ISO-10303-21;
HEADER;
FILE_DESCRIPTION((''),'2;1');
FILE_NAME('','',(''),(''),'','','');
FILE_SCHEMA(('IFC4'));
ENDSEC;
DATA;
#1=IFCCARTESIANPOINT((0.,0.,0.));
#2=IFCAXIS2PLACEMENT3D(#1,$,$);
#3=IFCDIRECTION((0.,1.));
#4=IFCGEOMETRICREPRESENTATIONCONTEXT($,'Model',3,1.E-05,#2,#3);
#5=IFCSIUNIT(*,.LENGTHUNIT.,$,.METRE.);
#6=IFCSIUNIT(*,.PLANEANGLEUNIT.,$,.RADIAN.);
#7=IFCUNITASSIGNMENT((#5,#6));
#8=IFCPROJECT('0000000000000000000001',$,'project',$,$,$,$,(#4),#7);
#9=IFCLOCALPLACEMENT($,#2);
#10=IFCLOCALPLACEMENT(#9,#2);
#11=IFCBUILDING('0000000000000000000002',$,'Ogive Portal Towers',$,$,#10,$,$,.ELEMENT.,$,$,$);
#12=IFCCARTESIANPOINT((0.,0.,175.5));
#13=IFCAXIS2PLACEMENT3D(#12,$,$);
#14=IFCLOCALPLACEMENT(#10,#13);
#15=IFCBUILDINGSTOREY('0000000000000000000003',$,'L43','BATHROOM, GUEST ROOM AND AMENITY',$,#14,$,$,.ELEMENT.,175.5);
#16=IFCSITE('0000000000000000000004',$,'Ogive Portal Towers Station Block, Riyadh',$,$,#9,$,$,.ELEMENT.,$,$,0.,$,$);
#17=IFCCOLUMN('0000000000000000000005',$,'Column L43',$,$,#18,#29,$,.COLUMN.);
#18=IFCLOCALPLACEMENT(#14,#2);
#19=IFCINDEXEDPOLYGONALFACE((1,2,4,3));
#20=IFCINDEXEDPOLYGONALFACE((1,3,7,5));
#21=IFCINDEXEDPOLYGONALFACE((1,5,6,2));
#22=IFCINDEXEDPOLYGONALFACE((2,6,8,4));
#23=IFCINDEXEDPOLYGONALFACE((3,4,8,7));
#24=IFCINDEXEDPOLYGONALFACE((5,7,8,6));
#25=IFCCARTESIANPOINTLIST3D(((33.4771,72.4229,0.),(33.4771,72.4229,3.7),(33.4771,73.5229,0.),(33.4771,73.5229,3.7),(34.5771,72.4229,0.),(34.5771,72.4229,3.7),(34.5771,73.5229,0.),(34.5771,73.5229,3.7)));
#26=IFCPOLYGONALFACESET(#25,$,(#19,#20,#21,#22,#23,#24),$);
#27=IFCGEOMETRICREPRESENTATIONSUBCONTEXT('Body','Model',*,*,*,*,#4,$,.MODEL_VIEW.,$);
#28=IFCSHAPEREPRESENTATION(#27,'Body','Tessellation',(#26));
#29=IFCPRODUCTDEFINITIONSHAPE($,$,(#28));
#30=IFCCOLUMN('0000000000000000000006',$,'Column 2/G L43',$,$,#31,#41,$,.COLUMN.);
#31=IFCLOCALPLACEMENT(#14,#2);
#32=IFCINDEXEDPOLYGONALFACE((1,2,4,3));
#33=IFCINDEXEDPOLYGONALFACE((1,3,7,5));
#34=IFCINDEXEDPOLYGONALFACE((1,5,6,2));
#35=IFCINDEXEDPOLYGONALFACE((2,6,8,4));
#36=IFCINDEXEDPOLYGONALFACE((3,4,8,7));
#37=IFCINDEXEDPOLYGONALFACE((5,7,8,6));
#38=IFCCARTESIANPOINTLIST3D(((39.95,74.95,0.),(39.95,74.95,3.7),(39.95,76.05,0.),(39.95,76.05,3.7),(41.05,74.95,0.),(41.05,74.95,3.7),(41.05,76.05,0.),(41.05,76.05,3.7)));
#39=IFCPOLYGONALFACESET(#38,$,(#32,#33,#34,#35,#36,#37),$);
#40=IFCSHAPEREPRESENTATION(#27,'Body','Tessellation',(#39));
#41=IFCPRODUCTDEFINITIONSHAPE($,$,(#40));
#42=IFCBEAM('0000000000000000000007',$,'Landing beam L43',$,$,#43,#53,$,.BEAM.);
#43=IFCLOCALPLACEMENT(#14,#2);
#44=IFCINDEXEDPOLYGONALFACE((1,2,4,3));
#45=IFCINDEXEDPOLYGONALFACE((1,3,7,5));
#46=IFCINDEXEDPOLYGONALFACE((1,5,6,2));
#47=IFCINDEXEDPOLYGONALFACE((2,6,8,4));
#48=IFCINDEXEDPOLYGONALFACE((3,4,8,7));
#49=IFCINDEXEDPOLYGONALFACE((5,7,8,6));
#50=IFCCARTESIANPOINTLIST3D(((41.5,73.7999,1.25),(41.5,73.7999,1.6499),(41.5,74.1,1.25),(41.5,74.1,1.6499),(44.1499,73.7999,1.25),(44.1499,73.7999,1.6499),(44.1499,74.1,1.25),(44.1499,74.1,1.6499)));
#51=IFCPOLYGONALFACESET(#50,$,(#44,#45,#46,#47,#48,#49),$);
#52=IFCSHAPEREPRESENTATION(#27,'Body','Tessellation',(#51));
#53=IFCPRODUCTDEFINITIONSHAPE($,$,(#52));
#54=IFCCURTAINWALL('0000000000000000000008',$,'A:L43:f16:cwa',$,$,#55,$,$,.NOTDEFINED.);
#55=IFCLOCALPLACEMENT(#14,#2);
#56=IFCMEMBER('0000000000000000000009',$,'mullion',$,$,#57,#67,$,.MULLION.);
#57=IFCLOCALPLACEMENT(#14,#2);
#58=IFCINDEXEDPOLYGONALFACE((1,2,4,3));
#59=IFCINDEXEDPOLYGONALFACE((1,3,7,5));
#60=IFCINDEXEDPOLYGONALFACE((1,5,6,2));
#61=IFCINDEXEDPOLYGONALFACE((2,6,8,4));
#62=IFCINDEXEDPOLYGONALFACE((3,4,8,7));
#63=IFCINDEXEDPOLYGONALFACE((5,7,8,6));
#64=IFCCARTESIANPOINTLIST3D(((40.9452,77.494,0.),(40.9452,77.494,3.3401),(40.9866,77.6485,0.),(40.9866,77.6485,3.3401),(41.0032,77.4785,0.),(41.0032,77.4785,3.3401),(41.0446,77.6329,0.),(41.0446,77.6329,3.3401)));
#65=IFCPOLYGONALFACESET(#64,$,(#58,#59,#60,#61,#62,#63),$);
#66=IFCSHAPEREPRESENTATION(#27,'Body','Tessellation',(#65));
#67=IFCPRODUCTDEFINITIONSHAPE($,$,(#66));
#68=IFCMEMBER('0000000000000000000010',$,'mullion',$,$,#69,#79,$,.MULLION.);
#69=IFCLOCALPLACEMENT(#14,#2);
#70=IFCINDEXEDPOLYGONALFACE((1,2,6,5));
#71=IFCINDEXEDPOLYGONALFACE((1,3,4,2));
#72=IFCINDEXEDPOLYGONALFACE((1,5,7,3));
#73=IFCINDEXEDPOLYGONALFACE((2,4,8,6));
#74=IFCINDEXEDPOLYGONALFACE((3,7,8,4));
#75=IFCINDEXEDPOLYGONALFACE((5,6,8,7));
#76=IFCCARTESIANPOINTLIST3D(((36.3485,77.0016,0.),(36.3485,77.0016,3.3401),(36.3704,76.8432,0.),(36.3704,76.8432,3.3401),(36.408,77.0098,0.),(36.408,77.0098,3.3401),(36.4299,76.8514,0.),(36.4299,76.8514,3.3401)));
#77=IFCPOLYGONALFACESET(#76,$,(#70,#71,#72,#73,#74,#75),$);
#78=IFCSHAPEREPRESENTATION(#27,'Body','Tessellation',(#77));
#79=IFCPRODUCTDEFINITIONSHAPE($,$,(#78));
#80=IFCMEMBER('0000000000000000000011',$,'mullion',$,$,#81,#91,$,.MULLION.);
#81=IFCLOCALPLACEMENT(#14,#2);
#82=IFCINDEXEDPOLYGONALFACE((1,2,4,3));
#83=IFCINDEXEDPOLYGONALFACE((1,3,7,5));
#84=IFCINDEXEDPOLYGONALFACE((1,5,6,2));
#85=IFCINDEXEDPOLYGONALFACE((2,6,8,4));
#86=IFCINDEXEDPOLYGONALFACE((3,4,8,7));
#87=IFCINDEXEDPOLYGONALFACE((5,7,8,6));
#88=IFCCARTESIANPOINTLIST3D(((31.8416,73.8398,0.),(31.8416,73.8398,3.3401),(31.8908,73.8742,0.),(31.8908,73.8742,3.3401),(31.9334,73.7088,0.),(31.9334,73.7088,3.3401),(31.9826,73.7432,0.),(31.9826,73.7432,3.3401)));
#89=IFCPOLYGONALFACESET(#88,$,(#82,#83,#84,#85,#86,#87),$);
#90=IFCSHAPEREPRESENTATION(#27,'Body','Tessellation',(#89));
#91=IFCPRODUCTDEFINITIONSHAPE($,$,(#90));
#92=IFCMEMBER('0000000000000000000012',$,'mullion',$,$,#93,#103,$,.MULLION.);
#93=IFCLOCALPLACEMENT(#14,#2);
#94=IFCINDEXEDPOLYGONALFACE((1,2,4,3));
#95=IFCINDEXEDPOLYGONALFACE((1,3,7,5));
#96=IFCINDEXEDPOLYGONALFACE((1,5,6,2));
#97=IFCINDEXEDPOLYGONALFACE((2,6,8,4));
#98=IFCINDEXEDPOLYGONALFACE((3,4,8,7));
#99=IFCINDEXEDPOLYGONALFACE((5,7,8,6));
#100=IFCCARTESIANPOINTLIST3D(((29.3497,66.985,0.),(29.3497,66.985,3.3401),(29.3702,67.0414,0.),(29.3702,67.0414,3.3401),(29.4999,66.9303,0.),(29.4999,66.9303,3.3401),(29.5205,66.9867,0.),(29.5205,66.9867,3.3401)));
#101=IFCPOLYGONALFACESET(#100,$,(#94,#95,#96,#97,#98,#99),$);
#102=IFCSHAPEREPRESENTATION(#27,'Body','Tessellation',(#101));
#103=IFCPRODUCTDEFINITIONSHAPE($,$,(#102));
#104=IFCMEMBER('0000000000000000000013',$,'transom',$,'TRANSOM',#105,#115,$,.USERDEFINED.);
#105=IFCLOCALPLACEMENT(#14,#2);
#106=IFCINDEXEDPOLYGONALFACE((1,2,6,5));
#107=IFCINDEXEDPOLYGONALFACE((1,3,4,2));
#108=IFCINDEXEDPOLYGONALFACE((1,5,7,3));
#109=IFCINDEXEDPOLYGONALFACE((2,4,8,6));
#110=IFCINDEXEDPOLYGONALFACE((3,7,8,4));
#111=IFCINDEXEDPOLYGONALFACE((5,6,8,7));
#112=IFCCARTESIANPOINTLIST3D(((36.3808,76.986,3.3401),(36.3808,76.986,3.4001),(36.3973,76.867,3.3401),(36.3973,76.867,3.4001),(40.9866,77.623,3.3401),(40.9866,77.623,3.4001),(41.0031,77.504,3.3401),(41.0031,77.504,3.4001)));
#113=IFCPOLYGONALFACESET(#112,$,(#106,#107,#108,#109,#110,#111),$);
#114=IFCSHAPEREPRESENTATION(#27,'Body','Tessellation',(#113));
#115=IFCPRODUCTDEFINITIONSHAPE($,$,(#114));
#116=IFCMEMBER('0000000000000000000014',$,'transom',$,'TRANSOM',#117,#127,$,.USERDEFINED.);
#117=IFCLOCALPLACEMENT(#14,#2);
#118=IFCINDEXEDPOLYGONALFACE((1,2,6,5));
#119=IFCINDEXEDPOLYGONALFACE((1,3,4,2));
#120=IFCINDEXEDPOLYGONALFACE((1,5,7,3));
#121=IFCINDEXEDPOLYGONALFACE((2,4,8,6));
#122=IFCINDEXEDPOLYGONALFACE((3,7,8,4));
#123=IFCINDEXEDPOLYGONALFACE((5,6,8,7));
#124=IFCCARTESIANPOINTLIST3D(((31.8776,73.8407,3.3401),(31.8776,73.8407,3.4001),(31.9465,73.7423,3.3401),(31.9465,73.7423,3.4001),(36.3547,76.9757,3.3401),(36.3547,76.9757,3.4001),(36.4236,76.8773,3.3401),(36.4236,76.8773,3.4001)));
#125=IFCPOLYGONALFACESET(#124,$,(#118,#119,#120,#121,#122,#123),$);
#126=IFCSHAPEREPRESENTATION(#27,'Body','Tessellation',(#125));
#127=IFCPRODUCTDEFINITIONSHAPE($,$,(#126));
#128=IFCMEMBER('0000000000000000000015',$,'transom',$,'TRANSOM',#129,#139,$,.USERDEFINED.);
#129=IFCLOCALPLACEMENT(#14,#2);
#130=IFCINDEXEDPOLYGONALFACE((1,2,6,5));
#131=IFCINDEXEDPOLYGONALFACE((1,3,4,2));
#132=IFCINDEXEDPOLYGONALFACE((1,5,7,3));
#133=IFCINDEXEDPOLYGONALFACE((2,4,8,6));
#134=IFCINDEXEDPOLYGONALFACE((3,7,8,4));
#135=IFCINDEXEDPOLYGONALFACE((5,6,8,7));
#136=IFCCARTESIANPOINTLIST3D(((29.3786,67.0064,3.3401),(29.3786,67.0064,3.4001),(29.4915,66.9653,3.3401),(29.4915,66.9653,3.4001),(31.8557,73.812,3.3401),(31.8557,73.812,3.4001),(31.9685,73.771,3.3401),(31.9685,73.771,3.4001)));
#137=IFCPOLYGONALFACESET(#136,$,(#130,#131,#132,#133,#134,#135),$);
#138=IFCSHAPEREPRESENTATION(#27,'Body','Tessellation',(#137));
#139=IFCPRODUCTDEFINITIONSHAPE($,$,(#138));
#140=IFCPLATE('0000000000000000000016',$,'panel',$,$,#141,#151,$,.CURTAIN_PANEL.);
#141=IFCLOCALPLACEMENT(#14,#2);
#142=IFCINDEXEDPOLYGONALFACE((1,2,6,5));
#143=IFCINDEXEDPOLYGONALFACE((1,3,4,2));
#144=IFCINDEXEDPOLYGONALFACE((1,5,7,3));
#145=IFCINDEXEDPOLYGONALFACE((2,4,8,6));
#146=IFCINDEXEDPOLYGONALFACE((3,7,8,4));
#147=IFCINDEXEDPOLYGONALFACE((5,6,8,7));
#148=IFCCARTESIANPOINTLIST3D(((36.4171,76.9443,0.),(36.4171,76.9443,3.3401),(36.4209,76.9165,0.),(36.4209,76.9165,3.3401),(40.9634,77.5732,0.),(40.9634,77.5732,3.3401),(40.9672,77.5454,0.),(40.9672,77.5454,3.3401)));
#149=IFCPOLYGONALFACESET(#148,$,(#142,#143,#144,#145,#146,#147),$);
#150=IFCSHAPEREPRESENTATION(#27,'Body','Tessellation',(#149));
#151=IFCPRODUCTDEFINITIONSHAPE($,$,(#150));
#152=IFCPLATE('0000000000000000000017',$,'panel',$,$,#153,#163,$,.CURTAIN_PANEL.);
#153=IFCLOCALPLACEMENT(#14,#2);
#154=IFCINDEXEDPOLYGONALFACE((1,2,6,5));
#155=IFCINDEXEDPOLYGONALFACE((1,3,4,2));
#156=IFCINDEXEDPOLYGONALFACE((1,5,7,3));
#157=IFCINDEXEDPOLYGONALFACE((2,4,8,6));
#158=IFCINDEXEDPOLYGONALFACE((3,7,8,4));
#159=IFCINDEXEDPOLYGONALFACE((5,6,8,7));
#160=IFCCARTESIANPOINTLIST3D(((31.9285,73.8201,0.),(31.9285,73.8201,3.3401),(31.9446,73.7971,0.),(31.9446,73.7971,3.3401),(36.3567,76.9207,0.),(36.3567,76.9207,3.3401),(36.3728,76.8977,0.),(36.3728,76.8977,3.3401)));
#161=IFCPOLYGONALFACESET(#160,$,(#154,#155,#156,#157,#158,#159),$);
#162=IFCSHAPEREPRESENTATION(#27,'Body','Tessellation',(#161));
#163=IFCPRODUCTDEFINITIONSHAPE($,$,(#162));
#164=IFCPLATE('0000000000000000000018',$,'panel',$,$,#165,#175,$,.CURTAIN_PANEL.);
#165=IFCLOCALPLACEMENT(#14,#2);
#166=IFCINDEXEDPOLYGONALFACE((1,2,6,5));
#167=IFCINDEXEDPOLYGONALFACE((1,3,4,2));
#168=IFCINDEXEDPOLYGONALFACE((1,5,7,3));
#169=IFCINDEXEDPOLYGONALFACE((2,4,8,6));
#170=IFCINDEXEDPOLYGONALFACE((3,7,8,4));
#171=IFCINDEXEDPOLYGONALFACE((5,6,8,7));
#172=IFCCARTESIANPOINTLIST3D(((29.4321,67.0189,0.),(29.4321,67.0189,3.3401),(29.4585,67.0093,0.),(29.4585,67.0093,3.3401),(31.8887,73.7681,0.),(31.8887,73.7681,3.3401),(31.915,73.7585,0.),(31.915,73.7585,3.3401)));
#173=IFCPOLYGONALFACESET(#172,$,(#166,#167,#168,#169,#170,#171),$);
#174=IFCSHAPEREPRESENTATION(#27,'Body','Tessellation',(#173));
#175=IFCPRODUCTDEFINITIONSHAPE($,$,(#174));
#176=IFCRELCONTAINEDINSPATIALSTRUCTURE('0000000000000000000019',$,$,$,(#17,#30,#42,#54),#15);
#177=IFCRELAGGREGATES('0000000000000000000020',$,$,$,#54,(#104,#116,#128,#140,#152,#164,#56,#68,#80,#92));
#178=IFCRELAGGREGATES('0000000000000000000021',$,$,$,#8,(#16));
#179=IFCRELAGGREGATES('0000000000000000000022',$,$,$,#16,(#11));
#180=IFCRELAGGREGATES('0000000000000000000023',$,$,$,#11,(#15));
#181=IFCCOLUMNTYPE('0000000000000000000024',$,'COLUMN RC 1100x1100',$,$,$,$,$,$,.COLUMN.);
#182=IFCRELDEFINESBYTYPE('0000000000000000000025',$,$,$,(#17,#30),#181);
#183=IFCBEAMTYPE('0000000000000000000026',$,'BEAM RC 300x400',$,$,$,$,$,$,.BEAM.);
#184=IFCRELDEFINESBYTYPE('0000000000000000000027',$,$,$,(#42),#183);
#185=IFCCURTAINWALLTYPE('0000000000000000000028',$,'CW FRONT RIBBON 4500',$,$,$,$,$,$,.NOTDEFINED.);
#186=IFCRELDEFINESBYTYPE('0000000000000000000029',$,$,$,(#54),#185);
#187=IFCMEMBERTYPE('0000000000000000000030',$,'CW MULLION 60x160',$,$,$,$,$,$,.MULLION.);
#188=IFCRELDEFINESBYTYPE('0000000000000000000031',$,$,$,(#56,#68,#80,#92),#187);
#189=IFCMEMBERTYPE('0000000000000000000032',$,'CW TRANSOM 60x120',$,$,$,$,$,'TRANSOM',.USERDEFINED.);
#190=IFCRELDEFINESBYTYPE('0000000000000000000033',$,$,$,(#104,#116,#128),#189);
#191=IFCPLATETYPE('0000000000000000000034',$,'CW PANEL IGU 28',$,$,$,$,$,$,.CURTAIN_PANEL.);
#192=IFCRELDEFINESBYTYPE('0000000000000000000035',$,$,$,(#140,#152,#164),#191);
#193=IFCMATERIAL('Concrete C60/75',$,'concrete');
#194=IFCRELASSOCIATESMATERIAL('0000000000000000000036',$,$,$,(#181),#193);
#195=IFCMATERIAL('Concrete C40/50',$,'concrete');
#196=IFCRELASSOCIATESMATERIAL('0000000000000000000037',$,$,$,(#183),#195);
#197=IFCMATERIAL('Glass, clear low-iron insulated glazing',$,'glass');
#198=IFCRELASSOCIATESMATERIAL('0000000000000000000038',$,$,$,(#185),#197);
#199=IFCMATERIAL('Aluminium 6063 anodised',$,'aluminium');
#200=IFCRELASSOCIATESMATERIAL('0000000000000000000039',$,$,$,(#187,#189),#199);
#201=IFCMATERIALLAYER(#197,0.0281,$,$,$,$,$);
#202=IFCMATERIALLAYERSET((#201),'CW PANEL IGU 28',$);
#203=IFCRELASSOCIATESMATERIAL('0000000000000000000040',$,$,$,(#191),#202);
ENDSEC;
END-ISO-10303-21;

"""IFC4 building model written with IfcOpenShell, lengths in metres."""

from ifc_helpers import new_model, si_unit, direction, frame, origin, origin_2d, place, context, subcontext, project, spatial, rectangle, extrude, material, layer, layer_set, material_profile, profile_set, type_object, element, aggregate, save


model = new_model("IFC4")

# Units and contexts
model_context = context("Model", 3, precision=1e-05, world=origin(), true_north=direction((0.0, 1.0)))
body_context = subcontext(model_context, "Body", "Model", "MODEL_VIEW")
ifc_project = project(units=[si_unit("LENGTHUNIT", "METRE"), si_unit("PLANEANGLEUNIT", "RADIAN")], contexts=[model_context])

# Site, building, storey
site_placement = place(None, origin())
site = spatial("IfcSite", under=ifc_project, at=site_placement, Name="Ogive Portal Towers Station Block, Riyadh", CompositionType="ELEMENT", RefElevation=0.0)
building_placement = place(site_placement, origin())
building = spatial("IfcBuilding", under=site, at=building_placement, Name="Ogive Portal Towers", CompositionType="ELEMENT")
storey_placement = place(building_placement, frame((0.0, 0.0, 175.5)))
storey = spatial("IfcBuildingStorey", under=building, at=storey_placement, Name="L43", Description="BATHROOM, GUEST ROOM AND AMENITY", CompositionType="ELEMENT", Elevation=175.5)

# Columns
ifc_material_1 = material(Name="Concrete C60/75", Category="concrete")
ifc_material_profile_1 = material_profile(ifc_material_1, rectangle(XDim=1.1001, YDim=1.1001, at=origin_2d()), Name="RC 1100x1100")
ifc_profile_set_1 = profile_set([ifc_material_profile_1], Name="Concrete C60/75")
column_type = type_object("IfcColumnType", Name="COLUMN RC 1100x1100", PredefinedType="COLUMN", material=ifc_profile_set_1)
for number, where, z_axis, x_axis, name in (
    (1, (34.0271, 72.9729, 0.0), (0.0, 0.0, 1.0), (1.0, 0.0, 0.0), "Column L43"),
    (2, (40.5, 75.5, 0.0), (0.0, 0.0, 1.0), (1.0, 0.0, 0.0), "Column 2/G L43"),
):
    element("IfcColumn", number, at=place(storey_placement, frame(where, z_axis=z_axis, x_axis=x_axis)), inside=storey, type_object=column_type, Name=name, PredefinedType="COLUMN", context=body_context, shape_type="SweptSolid", body=[
        extrude(rectangle(XDim=1.1001, YDim=1.1001, at=origin_2d()), origin(), (0.0, 0.0, 1.0), 3.7),
    ])

# Beam
ifc_material_2 = material(Name="Concrete C40/50", Category="concrete")
ifc_material_profile_2 = material_profile(ifc_material_2, rectangle(XDim=0.3, YDim=0.3999, at=origin_2d()), Name="RC 300x400")
ifc_profile_set_2 = profile_set([ifc_material_profile_2], Name="Concrete C40/50")
beam_type = type_object("IfcBeamType", Name="BEAM RC 300x400", PredefinedType="BEAM", material=ifc_profile_set_2)
beam_placement = place(storey_placement, frame((41.5, 73.95, 1.45), z_axis=(1.0, 0.0, 0.0), x_axis=(0.0, 1.0, 0.0)))
element("IfcBeam", 3, at=beam_placement, inside=storey, type_object=beam_type, Name="Landing beam L43", PredefinedType="BEAM", context=body_context, shape_type="SweptSolid", body=[
    extrude(rectangle(XDim=0.3, YDim=0.3999, at=origin_2d()), origin(), (0.0, 0.0, 1.0), 2.6499),
])

# Curtain wall, members, plates
ifc_material_3 = material(Name="Glass, clear low-iron insulated glazing", Category="glass")
curtain_wall_type = type_object("IfcCurtainWallType", Name="CW FRONT RIBBON 4500", PredefinedType="NOTDEFINED", material=ifc_material_3)
curtain_wall_placement = place(storey_placement, origin())
curtain_wall = element("IfcCurtainWall", 4, at=curtain_wall_placement, inside=storey, type_object=curtain_wall_type, Name="A:L43:f16:cwa", PredefinedType="NOTDEFINED")
ifc_material_4 = material(Name="Aluminium 6063 anodised", Category="aluminium")
ifc_material_profile_3 = material_profile(ifc_material_4, rectangle(XDim=0.1599, YDim=0.0601, at=origin_2d()), Name="AL 60x160")
ifc_profile_set_3 = profile_set([ifc_material_profile_3], Name="Aluminium 6063 anodised")
member_type_1 = type_object("IfcMemberType", Name="CW MULLION 60x160", PredefinedType="MULLION", material=ifc_profile_set_3)
member_1_placement = place(storey_placement, frame((40.9949, 77.5635, 0.0), z_axis=(0.0, 0.0, 1.0), x_axis=(-0.258819, -0.965926, 0.0)))
member_1 = element("IfcMember", 5, at=member_1_placement, type_object=member_type_1, Name="mullion", PredefinedType="MULLION", context=body_context, shape_type="SweptSolid", body=[
    extrude(rectangle(XDim=0.1599, YDim=0.0601, at=origin_2d()), origin(), (0.0, 0.0, 1.0), 3.3401),
])
member_2_placement = place(storey_placement, frame((36.3892, 76.9265, 0.0), z_axis=(0.0, 0.0, 1.0), x_axis=(0.137027, -0.990567, 0.0)))
member_2 = element("IfcMember", 6, at=member_2_placement, type_object=member_type_1, Name="mullion", PredefinedType="MULLION", context=body_context, shape_type="SweptSolid", body=[
    extrude(rectangle(XDim=0.1599, YDim=0.0601, at=origin_2d()), origin(), (0.0, 0.0, 1.0), 3.3401),
])
member_3_placement = place(storey_placement, frame((31.9121, 73.7915, 0.0), z_axis=(0.0, 0.0, 1.0), x_axis=(0.573576, -0.819152, 0.0)))
member_3 = element("IfcMember", 7, at=member_3_placement, type_object=member_type_1, Name="mullion", PredefinedType="MULLION", context=body_context, shape_type="SweptSolid", body=[
    extrude(rectangle(XDim=0.1599, YDim=0.0601, at=origin_2d()), origin(), (0.0, 0.0, 1.0), 3.3401),
])
member_4_placement = place(storey_placement, frame((29.4351, 66.9858, 0.0), z_axis=(0.0, 0.0, 1.0), x_axis=(0.939693, -0.34202, 0.0)))
member_4 = element("IfcMember", 8, at=member_4_placement, type_object=member_type_1, Name="mullion", PredefinedType="MULLION", context=body_context, shape_type="SweptSolid", body=[
    extrude(rectangle(XDim=0.1599, YDim=0.0601, at=origin_2d()), origin(), (0.0, 0.0, 1.0), 3.3401),
])
ifc_material_profile_4 = material_profile(ifc_material_4, rectangle(XDim=0.1201, YDim=0.0601, at=origin_2d()), Name="AL 120x60")
ifc_profile_set_4 = profile_set([ifc_material_profile_4], Name="Aluminium 6063 anodised")
member_type_2 = type_object("IfcMemberType", Name="CW TRANSOM 60x120", ElementType="TRANSOM", PredefinedType="USERDEFINED", material=ifc_profile_set_4)
member_5_placement = place(storey_placement, frame((40.9949, 77.5635, 3.3701), z_axis=(-0.990572, -0.136995, 0.0), x_axis=(0.136995, -0.990572, 0.0)))
member_5 = element("IfcMember", 9, at=member_5_placement, type_object=member_type_2, Name="transom", ObjectType="TRANSOM", PredefinedType="USERDEFINED", context=body_context, shape_type="SweptSolid", body=[
    extrude(rectangle(XDim=0.1201, YDim=0.0601, at=origin_2d()), origin(), (0.0, 0.0, 1.0), 4.6497),
])
member_6_placement = place(storey_placement, frame((36.3892, 76.9265, 3.3701), z_axis=(-0.81914, -0.573594, 0.0), x_axis=(0.573594, -0.81914, 0.0)))
member_6 = element("IfcMember", 10, at=member_6_placement, type_object=member_type_2, Name="transom", ObjectType="TRANSOM", PredefinedType="USERDEFINED", context=body_context, shape_type="SweptSolid", body=[
    extrude(rectangle(XDim=0.1201, YDim=0.0601, at=origin_2d()), origin(), (0.0, 0.0, 1.0), 5.4656),
])
member_7_placement = place(storey_placement, frame((31.9121, 73.7915, 3.3701), z_axis=(-0.342019, -0.939693, 0.0), x_axis=(0.939693, -0.342019, 0.0)))
member_7 = element("IfcMember", 11, at=member_7_placement, type_object=member_type_2, Name="transom", ObjectType="TRANSOM", PredefinedType="USERDEFINED", context=body_context, shape_type="SweptSolid", body=[
    extrude(rectangle(XDim=0.1201, YDim=0.0601, at=origin_2d()), origin(), (0.0, 0.0, 1.0), 7.2424),
])
ifc_layer_1 = layer(ifc_material_3, 0.0281)
ifc_layer_set_1 = layer_set([ifc_layer_1], Name="CW PANEL IGU 28")
plate_type = type_object("IfcPlateType", Name="CW PANEL IGU 28", PredefinedType="CURTAIN_PANEL", material=ifc_layer_set_1)
plate_1_placement = place(storey_placement, frame((38.6921, 77.2449, 0.0), z_axis=(0.0, 0.0, 1.0), x_axis=(-0.990567, -0.137027, 0.0)))
plate_1 = element("IfcPlate", 12, at=plate_1_placement, type_object=plate_type, Name="panel", PredefinedType="CURTAIN_PANEL", context=body_context, shape_type="SweptSolid", body=[
    extrude(rectangle(XDim=4.5896, YDim=0.0281, at=origin_2d()), origin(), (0.0, 0.0, 1.0), 3.3401),
])
plate_2_placement = place(storey_placement, frame((34.1506, 75.3589, 0.0), z_axis=(0.0, 0.0, 1.0), x_axis=(-0.819152, -0.573576, 0.0)))
plate_2 = element("IfcPlate", 13, at=plate_2_placement, type_object=plate_type, Name="panel", PredefinedType="CURTAIN_PANEL", context=body_context, shape_type="SweptSolid", body=[
    extrude(rectangle(XDim=5.4058, YDim=0.0281, at=origin_2d()), origin(), (0.0, 0.0, 1.0), 3.3401),
])
plate_3_placement = place(storey_placement, frame((30.6736, 70.3887, 0.0), z_axis=(0.0, 0.0, 1.0), x_axis=(-0.34202, -0.939693, 0.0)))
plate_3 = element("IfcPlate", 14, at=plate_3_placement, type_object=plate_type, Name="panel", PredefinedType="CURTAIN_PANEL", context=body_context, shape_type="SweptSolid", body=[
    extrude(rectangle(XDim=7.1824, YDim=0.0281, at=origin_2d()), origin(), (0.0, 0.0, 1.0), 3.3401),
])
aggregate(curtain_wall, [member_5, member_6, member_7, plate_1, plate_2, plate_3, member_1, member_2, member_3, member_4])

save(model, "model.ifc")
